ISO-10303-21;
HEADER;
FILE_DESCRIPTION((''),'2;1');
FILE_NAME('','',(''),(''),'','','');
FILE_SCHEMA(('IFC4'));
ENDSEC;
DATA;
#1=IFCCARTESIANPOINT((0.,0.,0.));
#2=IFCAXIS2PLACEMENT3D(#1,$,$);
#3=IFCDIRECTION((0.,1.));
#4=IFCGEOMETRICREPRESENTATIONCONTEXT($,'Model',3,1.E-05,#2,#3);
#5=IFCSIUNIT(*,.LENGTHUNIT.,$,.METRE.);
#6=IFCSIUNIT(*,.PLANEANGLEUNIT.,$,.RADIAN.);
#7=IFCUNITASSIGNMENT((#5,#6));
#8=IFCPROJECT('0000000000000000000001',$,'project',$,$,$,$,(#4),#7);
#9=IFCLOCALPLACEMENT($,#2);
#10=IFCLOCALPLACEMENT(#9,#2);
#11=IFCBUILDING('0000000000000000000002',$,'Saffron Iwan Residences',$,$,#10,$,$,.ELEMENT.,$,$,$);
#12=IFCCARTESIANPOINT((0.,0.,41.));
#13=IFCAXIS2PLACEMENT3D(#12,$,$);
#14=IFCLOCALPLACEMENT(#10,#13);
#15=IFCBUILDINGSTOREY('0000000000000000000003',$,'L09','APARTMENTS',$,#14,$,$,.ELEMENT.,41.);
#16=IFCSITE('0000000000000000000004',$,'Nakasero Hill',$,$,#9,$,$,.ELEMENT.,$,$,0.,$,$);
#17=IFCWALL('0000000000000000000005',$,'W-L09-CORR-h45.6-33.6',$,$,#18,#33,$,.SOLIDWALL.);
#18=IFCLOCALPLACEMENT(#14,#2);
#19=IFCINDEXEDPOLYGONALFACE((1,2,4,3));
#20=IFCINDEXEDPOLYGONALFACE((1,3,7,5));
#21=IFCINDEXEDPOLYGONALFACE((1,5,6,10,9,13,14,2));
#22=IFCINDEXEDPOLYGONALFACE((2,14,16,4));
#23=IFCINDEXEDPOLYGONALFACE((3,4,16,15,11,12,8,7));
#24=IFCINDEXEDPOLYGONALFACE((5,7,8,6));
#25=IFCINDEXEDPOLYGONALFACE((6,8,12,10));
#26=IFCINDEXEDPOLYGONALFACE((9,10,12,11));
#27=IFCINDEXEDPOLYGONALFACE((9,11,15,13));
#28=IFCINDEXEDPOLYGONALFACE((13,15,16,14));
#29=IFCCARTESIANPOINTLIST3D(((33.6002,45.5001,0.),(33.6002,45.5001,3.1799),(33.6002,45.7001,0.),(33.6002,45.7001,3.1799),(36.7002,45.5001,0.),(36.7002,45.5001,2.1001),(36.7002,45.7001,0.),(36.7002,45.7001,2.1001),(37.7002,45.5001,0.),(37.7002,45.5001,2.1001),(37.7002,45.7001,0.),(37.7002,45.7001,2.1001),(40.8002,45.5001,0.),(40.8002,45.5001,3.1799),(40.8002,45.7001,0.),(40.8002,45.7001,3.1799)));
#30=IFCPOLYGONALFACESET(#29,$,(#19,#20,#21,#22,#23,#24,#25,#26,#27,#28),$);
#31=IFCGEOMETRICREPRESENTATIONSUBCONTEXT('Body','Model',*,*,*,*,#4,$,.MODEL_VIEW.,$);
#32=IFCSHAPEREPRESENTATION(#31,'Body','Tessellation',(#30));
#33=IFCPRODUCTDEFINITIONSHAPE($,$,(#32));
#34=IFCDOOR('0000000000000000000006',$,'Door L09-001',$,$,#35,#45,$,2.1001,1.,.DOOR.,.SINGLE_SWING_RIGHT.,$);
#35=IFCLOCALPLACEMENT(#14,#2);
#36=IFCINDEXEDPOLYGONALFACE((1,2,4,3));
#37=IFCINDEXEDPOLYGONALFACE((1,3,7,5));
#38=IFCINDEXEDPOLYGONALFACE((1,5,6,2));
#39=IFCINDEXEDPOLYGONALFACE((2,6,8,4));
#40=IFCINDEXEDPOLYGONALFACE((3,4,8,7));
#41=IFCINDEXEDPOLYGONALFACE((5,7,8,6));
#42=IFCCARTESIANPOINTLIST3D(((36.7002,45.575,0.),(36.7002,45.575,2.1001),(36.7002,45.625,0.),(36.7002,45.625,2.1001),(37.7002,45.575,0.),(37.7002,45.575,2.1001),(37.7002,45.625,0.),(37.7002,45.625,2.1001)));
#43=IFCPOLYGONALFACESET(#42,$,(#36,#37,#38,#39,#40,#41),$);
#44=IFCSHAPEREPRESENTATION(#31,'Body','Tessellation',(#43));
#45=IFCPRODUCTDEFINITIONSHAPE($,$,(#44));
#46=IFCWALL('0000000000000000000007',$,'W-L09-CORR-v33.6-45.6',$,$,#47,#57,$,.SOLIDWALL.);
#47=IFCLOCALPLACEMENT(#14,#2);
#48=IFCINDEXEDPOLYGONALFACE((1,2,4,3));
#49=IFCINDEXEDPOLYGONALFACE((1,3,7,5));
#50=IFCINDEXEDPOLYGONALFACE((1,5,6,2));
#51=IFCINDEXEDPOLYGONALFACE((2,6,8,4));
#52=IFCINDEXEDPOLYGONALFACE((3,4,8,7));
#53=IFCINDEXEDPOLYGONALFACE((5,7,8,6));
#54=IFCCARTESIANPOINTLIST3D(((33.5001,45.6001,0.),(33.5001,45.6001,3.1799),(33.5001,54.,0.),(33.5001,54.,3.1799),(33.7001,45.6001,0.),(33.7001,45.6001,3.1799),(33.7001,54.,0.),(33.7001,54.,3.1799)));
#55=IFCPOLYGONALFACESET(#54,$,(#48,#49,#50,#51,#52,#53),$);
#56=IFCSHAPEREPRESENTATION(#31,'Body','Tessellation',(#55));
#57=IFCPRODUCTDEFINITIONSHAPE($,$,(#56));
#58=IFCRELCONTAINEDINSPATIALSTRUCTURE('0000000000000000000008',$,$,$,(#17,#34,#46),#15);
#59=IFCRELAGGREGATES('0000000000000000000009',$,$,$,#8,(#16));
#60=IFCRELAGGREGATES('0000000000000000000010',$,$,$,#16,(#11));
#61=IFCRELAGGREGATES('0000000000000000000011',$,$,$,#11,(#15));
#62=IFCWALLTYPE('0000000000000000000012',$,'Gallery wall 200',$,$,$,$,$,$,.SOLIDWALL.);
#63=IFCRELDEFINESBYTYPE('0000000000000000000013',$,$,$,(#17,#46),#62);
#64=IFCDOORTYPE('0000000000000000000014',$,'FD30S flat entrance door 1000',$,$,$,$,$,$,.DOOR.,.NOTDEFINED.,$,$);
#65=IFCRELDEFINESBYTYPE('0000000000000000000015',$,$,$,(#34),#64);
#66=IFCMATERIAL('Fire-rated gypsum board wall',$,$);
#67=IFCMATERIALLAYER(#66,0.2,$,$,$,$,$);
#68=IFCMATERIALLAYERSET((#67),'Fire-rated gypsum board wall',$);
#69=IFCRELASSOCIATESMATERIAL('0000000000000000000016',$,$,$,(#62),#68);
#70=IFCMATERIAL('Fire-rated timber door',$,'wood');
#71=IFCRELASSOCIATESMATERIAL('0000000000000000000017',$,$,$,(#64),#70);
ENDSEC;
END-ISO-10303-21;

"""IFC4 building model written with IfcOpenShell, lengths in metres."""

from ifc_helpers import new_model, si_unit, direction, frame, frame_2d, origin, place, context, subcontext, project, spatial, rectangle, extrude, material, layer, layer_set, type_object, element, fill, save


model = new_model("IFC4")

# Units and contexts
model_context = context("Model", 3, precision=1e-05, world=origin(), true_north=direction((0.0, 1.0)))
body_context = subcontext(model_context, "Body", "Model", "MODEL_VIEW")
ifc_project = project(units=[si_unit("LENGTHUNIT", "METRE"), si_unit("PLANEANGLEUNIT", "RADIAN")], contexts=[model_context])

# Site, building, storey
site_placement = place(None, origin())
site = spatial("IfcSite", under=ifc_project, at=site_placement, Name="Nakasero Hill", CompositionType="ELEMENT", RefElevation=0.0)
building_placement = place(site_placement, origin())
building = spatial("IfcBuilding", under=site, at=building_placement, Name="Saffron Iwan Residences", CompositionType="ELEMENT")
storey_placement = place(building_placement, frame((0.0, 0.0, 41.0)))
storey = spatial("IfcBuildingStorey", under=building, at=storey_placement, Name="L09", Description="APARTMENTS", CompositionType="ELEMENT", Elevation=41.0)

# Wall, opening, door
ifc_material_1 = material(Name="Fire-rated gypsum board wall")
ifc_layer_1 = layer(ifc_material_1, 0.2)
ifc_layer_set_1 = layer_set([ifc_layer_1], Name="Fire-rated gypsum board wall")
wall_type_1 = type_object("IfcWallType", Name="Gallery wall 200", PredefinedType="SOLIDWALL", material=ifc_layer_set_1)
wall_1_placement = place(storey_placement, frame((33.6001, 45.6001, 0.0), z_axis=(0.0, 0.0, 1.0), x_axis=(1.0, 0.0, 0.0)))
wall_1 = element("IfcWall", 1, at=wall_1_placement, inside=storey, type_object=wall_type_1, Name="W-L09-CORR-h45.6-33.6", PredefinedType="SOLIDWALL", context=body_context, shape_type="SweptSolid", body=[
    extrude(rectangle(XDim=7.2, YDim=0.2, at=frame_2d((3.6001, 0.0))), origin(), (0.0, 0.0, 1.0), 3.1799),
])
opening_1_placement = place(wall_1_placement, frame((3.1001, 0.0, 0.0)))
opening_1 = element("IfcOpeningElement", 2, at=opening_1_placement, cuts=wall_1, PredefinedType="OPENING", context=body_context, shape_type="SweptSolid", body=[
    extrude(rectangle(XDim=1.0, YDim=2.1001, at=frame_2d((0.5, 1.05))), frame((0.0, 0.1099, 0.0), z_axis=(0.0, -1.0, 0.0), x_axis=(1.0, 0.0, 0.0)), (0.0, 0.0, 1.0), 0.22),
])
ifc_material_2 = material(Name="Fire-rated timber door", Category="wood")
door_type_1 = type_object("IfcDoorType", Name="FD30S flat entrance door 1000", OperationType="NOTDEFINED", PredefinedType="DOOR", material=ifc_material_2)
door_1_placement = place(opening_1_placement, origin())
door_1 = element("IfcDoor", 3, at=door_1_placement, inside=storey, type_object=door_type_1, Name="Door L09-001", OperationType="SINGLE_SWING_RIGHT", OverallHeight=2.1001, OverallWidth=1.0, PredefinedType="DOOR", context=body_context, shape_type="SweptSolid", body=[
    extrude(rectangle(XDim=1.0, YDim=2.1001, at=frame_2d((0.5, 1.05))), frame((0.0, 0.0249, 0.0), z_axis=(0.0, -1.0, 0.0), x_axis=(1.0, 0.0, 0.0)), (0.0, 0.0, 1.0), 0.05),
])
fill(opening_1, door_1)

# Wall
wall_2_placement = place(storey_placement, frame((33.6001, 45.6001, 0.0), z_axis=(0.0, 0.0, 1.0), x_axis=(0.0, 1.0, 0.0)))
element("IfcWall", 4, at=wall_2_placement, inside=storey, type_object=wall_type_1, Name="W-L09-CORR-v33.6-45.6", PredefinedType="SOLIDWALL", context=body_context, shape_type="SweptSolid", body=[
    extrude(rectangle(XDim=8.3999, YDim=0.2, at=frame_2d((4.2, 0.0))), origin(), (0.0, 0.0, 1.0), 3.1799),
])

save(model, "model.ifc")
